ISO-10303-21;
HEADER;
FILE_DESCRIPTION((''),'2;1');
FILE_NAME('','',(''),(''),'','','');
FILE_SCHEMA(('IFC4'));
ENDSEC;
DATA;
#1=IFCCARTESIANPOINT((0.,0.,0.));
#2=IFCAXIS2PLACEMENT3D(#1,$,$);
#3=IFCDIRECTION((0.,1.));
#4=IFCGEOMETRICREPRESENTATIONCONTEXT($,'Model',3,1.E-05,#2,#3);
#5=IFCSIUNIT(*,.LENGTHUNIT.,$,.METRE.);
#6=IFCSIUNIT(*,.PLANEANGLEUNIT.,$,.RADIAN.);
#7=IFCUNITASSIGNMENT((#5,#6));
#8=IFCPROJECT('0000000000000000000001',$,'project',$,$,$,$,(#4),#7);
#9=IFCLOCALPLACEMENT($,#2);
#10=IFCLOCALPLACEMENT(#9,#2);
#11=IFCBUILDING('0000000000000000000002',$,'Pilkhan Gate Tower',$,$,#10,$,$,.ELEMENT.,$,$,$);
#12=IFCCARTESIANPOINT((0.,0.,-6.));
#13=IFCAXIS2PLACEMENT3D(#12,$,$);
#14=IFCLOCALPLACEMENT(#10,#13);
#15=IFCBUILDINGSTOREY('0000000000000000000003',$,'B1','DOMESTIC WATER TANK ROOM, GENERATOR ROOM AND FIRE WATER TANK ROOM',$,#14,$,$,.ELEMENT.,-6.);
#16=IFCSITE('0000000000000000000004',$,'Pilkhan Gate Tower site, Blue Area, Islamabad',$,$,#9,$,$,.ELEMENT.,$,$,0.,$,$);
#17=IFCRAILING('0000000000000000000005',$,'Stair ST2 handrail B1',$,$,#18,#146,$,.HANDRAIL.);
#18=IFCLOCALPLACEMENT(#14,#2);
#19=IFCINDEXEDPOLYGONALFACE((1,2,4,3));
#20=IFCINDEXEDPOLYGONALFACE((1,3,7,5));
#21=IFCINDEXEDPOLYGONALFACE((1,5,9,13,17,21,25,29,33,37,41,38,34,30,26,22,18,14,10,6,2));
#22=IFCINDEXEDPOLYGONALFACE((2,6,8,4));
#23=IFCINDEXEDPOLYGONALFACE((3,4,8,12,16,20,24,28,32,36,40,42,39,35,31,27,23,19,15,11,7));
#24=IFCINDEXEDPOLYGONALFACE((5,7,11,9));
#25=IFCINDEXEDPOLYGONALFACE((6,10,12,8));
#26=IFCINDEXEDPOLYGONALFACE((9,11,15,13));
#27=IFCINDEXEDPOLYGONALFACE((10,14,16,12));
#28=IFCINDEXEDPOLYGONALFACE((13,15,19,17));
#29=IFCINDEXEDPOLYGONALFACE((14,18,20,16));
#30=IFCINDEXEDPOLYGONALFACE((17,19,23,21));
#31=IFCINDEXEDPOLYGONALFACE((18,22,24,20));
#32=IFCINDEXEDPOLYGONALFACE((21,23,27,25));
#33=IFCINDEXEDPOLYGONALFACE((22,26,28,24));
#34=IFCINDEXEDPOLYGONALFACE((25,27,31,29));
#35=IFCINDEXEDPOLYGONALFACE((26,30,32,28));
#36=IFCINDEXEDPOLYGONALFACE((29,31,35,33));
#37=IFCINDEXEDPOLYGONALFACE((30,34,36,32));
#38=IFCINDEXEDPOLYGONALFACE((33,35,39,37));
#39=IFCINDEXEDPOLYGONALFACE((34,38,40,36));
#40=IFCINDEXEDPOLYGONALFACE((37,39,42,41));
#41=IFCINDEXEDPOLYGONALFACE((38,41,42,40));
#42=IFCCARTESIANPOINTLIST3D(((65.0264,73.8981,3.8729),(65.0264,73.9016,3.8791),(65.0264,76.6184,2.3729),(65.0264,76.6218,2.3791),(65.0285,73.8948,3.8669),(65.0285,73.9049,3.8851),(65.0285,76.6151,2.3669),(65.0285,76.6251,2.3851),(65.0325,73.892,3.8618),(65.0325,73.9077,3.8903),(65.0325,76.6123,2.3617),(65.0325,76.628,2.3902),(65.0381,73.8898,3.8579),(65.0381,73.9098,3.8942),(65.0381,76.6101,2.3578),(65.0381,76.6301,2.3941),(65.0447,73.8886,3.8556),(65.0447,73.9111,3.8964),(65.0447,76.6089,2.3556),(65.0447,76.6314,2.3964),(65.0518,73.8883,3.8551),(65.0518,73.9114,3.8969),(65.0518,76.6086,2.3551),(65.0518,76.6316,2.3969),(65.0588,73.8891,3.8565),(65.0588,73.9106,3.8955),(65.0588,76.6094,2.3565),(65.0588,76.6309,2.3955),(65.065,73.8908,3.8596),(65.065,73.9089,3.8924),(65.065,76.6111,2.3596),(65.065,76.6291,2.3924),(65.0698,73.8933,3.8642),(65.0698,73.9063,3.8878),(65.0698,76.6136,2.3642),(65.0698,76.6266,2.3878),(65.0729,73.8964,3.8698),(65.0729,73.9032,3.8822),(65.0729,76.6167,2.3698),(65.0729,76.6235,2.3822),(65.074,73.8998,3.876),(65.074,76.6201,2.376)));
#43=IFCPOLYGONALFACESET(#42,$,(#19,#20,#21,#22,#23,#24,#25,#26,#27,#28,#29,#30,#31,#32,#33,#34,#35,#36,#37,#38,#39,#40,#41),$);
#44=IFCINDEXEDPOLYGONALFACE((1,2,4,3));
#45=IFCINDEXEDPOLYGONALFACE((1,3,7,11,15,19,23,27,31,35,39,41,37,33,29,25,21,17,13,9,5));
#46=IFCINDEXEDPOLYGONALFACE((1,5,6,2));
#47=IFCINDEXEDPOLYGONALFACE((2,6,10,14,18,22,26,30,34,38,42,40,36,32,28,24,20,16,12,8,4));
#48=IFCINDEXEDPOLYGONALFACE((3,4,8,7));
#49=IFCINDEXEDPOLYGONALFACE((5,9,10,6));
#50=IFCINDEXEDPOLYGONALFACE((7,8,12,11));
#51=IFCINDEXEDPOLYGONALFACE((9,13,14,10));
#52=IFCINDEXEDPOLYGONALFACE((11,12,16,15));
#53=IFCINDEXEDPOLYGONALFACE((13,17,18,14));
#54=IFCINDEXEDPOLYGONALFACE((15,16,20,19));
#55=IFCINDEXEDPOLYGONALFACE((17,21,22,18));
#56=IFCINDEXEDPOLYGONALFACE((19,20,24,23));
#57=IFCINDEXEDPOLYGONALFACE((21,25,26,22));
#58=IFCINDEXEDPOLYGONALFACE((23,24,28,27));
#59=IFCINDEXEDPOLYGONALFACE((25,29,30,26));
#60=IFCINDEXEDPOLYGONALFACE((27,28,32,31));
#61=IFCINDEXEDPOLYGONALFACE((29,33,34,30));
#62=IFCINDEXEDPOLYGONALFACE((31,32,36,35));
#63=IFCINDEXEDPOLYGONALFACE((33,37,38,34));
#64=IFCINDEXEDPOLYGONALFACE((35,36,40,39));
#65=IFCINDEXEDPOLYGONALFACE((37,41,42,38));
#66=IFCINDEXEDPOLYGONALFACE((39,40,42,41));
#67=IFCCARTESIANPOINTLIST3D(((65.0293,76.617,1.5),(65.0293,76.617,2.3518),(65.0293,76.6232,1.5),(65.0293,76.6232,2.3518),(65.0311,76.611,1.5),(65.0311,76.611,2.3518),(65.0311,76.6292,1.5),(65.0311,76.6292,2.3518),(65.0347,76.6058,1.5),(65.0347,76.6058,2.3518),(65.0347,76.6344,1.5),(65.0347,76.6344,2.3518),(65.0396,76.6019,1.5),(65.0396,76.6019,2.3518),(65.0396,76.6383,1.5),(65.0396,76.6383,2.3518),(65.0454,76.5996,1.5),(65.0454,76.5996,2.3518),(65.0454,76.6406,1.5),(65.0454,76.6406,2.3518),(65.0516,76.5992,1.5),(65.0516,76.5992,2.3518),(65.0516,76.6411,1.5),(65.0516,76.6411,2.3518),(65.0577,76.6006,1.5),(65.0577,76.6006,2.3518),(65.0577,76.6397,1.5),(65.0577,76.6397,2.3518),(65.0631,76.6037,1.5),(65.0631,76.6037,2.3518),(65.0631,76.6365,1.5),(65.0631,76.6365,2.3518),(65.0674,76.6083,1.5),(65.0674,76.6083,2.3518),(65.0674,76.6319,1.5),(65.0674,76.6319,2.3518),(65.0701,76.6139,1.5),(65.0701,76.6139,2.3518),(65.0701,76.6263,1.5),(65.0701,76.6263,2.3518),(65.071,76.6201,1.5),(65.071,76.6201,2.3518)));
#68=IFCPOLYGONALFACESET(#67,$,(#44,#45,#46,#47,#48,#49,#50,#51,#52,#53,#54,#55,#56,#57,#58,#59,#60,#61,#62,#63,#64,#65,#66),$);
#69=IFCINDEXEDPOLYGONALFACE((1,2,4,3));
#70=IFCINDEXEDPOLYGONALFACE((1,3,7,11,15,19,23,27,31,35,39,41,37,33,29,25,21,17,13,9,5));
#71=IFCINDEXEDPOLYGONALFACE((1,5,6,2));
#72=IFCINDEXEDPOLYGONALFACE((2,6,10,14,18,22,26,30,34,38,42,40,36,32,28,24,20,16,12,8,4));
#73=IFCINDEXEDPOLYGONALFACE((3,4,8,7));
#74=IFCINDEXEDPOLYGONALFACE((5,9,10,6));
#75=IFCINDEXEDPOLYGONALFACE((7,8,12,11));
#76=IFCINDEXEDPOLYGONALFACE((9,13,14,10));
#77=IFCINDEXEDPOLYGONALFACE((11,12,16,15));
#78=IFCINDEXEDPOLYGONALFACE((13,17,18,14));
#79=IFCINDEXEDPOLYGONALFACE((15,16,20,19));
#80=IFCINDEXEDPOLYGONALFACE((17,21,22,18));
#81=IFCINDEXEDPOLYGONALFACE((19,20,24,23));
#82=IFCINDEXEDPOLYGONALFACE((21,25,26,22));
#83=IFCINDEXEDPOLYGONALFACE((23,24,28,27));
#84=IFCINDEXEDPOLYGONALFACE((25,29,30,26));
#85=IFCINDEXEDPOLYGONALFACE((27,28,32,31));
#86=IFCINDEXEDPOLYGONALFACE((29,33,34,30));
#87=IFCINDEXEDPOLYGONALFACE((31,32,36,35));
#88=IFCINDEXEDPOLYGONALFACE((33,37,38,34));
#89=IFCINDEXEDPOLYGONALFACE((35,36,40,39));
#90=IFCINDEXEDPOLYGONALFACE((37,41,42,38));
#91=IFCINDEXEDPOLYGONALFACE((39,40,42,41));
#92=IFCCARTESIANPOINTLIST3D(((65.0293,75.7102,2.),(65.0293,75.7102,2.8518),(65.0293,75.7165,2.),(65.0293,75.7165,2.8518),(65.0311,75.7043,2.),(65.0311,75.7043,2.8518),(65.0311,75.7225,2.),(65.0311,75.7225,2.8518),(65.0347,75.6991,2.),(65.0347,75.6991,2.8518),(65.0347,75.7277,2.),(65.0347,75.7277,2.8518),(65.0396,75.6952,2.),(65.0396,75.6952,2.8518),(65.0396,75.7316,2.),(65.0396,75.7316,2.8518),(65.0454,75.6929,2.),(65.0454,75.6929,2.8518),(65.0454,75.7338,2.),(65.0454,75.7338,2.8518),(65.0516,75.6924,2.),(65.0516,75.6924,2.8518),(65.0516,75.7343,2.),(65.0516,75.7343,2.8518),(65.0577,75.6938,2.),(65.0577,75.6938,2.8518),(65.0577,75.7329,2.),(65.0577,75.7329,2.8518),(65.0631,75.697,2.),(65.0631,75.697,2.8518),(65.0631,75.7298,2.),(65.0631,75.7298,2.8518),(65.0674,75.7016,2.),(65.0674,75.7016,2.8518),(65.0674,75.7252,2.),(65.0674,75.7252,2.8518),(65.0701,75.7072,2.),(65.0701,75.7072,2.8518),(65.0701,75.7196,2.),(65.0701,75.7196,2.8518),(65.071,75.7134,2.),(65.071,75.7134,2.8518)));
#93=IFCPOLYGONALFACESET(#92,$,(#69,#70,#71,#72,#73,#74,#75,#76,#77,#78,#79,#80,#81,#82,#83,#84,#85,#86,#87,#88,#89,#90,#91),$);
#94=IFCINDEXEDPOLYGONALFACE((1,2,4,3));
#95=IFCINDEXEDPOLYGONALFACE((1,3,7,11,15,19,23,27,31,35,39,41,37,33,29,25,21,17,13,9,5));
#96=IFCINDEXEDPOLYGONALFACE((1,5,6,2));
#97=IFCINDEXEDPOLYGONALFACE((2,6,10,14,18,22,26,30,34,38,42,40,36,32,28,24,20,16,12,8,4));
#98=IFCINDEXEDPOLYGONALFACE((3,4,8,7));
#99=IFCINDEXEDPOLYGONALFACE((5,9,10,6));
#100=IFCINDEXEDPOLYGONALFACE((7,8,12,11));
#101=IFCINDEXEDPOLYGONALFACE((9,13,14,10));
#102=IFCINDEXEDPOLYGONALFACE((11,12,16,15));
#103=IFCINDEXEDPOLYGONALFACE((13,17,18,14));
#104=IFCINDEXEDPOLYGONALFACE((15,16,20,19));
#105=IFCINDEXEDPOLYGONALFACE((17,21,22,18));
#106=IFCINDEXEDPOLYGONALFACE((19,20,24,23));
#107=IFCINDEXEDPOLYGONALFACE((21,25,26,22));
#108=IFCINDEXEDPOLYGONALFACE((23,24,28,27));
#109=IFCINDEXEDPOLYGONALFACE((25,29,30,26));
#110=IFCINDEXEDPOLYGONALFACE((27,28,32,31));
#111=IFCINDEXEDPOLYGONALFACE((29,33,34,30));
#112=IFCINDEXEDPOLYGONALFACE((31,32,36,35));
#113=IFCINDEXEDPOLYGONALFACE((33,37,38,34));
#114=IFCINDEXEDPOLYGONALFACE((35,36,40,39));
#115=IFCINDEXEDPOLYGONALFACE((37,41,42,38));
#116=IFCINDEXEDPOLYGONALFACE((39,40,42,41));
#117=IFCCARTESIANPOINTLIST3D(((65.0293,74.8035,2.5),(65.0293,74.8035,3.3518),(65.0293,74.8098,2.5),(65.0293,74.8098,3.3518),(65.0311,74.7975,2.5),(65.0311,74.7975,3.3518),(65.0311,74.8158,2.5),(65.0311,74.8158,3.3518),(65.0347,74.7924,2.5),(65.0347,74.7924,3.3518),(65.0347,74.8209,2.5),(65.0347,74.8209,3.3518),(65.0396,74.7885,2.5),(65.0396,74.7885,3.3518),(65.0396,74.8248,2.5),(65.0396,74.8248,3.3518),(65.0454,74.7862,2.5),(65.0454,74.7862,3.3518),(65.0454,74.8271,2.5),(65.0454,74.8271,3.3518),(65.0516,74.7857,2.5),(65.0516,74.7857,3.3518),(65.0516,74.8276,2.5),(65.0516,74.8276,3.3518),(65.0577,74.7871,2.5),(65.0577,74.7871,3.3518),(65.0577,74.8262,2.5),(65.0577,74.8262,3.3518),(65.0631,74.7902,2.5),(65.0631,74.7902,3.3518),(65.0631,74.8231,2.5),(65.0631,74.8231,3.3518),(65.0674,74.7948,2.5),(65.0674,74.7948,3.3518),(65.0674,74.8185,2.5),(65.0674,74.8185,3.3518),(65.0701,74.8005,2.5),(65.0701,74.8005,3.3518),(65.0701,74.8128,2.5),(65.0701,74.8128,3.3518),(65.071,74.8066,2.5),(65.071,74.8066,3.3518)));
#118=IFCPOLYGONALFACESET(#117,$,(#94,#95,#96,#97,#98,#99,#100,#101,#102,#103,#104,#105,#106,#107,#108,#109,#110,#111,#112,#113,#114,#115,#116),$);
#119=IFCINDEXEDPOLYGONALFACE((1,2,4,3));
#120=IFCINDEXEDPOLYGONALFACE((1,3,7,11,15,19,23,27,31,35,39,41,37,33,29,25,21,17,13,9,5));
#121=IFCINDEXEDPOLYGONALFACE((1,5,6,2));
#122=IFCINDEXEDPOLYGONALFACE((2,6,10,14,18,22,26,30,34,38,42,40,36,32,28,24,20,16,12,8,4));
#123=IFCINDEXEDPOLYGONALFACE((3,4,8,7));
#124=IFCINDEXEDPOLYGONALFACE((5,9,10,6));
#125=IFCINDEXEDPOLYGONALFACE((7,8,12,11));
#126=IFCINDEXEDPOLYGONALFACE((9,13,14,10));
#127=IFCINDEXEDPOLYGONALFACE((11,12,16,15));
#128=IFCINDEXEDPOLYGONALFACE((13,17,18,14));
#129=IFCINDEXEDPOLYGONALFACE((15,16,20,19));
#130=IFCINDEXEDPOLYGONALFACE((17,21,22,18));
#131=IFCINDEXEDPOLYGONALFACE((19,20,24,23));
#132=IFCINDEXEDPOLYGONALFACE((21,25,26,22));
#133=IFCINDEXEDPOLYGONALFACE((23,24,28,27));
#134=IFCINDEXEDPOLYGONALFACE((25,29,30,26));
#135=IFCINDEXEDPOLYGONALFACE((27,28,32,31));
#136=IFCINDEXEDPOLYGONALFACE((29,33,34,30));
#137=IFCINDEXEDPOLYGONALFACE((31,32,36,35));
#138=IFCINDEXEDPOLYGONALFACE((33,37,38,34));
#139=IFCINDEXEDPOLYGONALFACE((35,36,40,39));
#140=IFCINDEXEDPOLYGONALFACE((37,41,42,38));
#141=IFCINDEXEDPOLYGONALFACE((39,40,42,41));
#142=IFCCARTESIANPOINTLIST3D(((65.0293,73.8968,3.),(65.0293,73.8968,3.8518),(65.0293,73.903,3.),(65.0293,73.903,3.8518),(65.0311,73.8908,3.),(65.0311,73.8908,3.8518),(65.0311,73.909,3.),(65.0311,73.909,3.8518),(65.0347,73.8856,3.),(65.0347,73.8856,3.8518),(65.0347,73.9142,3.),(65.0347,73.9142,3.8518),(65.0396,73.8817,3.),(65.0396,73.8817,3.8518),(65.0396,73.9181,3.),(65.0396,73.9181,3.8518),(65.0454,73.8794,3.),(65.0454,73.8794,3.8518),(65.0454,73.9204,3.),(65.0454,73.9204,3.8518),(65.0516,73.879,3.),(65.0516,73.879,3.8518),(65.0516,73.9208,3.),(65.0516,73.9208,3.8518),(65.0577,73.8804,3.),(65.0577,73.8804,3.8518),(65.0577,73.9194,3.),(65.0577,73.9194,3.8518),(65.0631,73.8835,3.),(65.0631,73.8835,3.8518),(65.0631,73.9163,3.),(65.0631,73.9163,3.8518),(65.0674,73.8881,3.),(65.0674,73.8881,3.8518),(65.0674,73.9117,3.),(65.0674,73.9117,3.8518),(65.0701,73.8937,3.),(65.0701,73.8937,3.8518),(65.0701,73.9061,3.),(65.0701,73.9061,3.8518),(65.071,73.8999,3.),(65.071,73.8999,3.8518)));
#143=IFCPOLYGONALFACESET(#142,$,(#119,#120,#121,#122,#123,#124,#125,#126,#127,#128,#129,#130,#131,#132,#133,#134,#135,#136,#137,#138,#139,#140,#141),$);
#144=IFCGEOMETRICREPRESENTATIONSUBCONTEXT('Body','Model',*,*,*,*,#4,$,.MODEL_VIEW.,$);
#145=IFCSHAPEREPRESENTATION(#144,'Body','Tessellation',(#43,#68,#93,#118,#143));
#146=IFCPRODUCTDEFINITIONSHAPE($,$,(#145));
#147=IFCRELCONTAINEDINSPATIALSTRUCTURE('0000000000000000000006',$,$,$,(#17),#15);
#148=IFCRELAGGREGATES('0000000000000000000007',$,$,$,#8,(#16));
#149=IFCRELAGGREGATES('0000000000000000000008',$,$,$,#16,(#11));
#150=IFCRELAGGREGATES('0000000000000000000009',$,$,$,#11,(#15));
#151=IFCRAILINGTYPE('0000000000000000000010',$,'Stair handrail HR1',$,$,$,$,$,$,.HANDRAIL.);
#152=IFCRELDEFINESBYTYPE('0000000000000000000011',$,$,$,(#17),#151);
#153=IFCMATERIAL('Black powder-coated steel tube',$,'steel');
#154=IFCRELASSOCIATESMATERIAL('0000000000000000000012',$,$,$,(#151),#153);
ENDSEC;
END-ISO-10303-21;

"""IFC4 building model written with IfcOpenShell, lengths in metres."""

from ifc_helpers import new_model, si_unit, direction, frame, origin, origin_2d, place, context, subcontext, project, spatial, circle, extrude, material, type_object, element, save


model = new_model("IFC4")

# Units and contexts
model_context = context("Model", 3, precision=1e-05, world=origin(), true_north=direction((0.0, 1.0)))
body_context = subcontext(model_context, "Body", "Model", "MODEL_VIEW")
ifc_project = project(units=[si_unit("LENGTHUNIT", "METRE"), si_unit("PLANEANGLEUNIT", "RADIAN")], contexts=[model_context])

# Site, building, storey
site_placement = place(None, origin())
site = spatial("IfcSite", under=ifc_project, at=site_placement, Name="Pilkhan Gate Tower site, Blue Area, Islamabad", CompositionType="ELEMENT", RefElevation=0.0)
building_placement = place(site_placement, origin())
building = spatial("IfcBuilding", under=site, at=building_placement, Name="Pilkhan Gate Tower", CompositionType="ELEMENT")
storey_placement = place(building_placement, frame((0.0, 0.0, -6.0)))
storey = spatial("IfcBuildingStorey", under=building, at=storey_placement, Name="B1", Description="DOMESTIC WATER TANK ROOM, GENERATOR ROOM AND FIRE WATER TANK ROOM", CompositionType="ELEMENT", Elevation=-6.0)

# Railing
ifc_material_1 = material(Name="Black powder-coated steel tube", Category="steel")
railing_type_1 = type_object("IfcRailingType", Name="Stair handrail HR1", PredefinedType="HANDRAIL", material=ifc_material_1)
railing_1_placement = place(storey_placement, frame((65.05, 76.6201, 1.5)))
element("IfcRailing", 1, at=railing_1_placement, inside=storey, type_object=railing_type_1, Name="Stair ST2 handrail B1", PredefinedType="HANDRAIL", context=body_context, shape_type="SweptSolid", body=[
    extrude(circle(Radius=0.0239, at=origin_2d()), frame((0.0, 0.0, 0.876), z_axis=(0.0, -0.875688, 0.482878), x_axis=(1.0, 0.0, 0.0)), (0.0, 0.0, 1.0), 3.1064),
    extrude(circle(Radius=0.021, at=origin_2d()), origin(), (0.0, 0.0, 1.0), 0.8518),
    extrude(circle(Radius=0.021, at=origin_2d()), frame((0.0, -0.9067, 0.5)), (0.0, 0.0, 1.0), 0.8518),
    extrude(circle(Radius=0.021, at=origin_2d()), frame((0.0, -1.8135, 1.0)), (0.0, 0.0, 1.0), 0.8518),
    extrude(circle(Radius=0.021, at=origin_2d()), frame((0.0, -2.7202, 1.5)), (0.0, 0.0, 1.0), 0.8518),
])

save(model, "model.ifc")
